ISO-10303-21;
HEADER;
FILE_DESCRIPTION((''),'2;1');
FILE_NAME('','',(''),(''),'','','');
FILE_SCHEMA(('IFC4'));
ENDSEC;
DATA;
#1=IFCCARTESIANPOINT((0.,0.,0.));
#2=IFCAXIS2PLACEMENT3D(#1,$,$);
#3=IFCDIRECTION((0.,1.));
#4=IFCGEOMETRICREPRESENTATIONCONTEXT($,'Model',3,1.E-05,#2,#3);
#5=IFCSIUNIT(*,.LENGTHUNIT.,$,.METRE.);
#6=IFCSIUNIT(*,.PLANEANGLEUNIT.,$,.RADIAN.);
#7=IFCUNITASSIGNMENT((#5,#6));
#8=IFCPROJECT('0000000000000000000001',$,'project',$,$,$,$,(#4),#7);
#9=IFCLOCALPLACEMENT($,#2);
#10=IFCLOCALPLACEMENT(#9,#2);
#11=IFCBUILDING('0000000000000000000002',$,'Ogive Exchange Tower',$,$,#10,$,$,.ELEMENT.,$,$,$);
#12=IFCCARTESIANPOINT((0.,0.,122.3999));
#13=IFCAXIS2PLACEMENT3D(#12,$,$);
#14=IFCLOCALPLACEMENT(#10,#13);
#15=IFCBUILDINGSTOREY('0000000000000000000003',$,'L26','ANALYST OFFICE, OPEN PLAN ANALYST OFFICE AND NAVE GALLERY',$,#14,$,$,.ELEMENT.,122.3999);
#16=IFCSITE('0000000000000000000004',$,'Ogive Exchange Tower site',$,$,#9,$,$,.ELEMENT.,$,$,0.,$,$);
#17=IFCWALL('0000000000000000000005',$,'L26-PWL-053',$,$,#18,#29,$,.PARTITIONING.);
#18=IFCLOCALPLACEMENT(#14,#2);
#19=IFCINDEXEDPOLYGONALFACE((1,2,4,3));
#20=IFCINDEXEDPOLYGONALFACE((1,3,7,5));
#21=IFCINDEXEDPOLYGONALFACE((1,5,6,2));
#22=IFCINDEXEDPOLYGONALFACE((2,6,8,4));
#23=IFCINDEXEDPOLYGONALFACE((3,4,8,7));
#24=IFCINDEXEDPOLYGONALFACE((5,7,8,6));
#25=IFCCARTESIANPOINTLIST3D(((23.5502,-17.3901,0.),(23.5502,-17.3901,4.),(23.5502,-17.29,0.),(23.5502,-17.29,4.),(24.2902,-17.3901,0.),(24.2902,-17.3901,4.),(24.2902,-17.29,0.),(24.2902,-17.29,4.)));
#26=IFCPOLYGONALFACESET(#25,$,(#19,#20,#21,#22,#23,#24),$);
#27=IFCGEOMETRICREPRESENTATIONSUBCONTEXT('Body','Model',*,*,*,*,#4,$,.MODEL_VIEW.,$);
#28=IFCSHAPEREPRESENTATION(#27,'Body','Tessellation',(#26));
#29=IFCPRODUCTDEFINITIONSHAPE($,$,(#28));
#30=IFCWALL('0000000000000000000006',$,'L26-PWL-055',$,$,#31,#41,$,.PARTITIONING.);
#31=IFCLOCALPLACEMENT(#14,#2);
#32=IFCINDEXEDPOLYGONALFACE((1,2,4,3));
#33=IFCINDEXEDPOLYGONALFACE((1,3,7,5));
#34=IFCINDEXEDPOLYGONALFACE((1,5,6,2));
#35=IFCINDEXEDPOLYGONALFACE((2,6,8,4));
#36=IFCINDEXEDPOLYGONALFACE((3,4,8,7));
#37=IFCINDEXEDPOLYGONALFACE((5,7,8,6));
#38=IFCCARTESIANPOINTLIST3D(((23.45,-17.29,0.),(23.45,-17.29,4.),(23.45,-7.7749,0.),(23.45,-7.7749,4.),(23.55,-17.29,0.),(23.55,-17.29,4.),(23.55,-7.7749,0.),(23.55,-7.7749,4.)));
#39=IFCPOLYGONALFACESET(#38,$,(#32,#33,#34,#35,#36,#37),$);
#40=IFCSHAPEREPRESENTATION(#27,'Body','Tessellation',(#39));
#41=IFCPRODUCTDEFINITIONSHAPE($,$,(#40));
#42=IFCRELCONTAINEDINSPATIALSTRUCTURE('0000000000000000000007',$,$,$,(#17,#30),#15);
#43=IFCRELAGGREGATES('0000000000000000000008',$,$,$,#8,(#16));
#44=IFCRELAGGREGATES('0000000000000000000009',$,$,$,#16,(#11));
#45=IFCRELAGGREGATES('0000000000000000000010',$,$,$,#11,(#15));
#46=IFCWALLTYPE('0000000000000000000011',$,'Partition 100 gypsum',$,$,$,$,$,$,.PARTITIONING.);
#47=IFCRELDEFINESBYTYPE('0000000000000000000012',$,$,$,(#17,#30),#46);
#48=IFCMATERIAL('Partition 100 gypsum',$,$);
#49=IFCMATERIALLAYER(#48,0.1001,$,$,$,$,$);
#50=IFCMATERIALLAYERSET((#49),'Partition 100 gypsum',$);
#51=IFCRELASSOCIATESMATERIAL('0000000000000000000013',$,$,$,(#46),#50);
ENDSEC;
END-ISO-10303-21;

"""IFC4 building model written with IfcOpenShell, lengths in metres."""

from ifc_helpers import new_model, si_unit, direction, frame, frame_2d, origin, place, context, subcontext, project, spatial, rectangle, extrude, material, layer, layer_set, type_object, element, save


model = new_model("IFC4")

# Units and contexts
model_context = context("Model", 3, precision=1e-05, world=origin(), true_north=direction((0.0, 1.0)))
body_context = subcontext(model_context, "Body", "Model", "MODEL_VIEW")
ifc_project = project(units=[si_unit("LENGTHUNIT", "METRE"), si_unit("PLANEANGLEUNIT", "RADIAN")], contexts=[model_context])

# Site, building, storey
site_placement = place(None, origin())
site = spatial("IfcSite", under=ifc_project, at=site_placement, Name="Ogive Exchange Tower site", CompositionType="ELEMENT", RefElevation=0.0)
building_placement = place(site_placement, origin())
building = spatial("IfcBuilding", under=site, at=building_placement, Name="Ogive Exchange Tower", CompositionType="ELEMENT")
storey_placement = place(building_placement, frame((0.0, 0.0, 122.3999)))
storey = spatial("IfcBuildingStorey", under=building, at=storey_placement, Name="L26", Description="ANALYST OFFICE, OPEN PLAN ANALYST OFFICE AND NAVE GALLERY", CompositionType="ELEMENT", Elevation=122.3999)

# Walls
ifc_material_1 = material(Name="Partition 100 gypsum")
ifc_layer_1 = layer(ifc_material_1, 0.1001)
ifc_layer_set_1 = layer_set([ifc_layer_1], Name="Partition 100 gypsum")
wall_type_1 = type_object("IfcWallType", Name="Partition 100 gypsum", PredefinedType="PARTITIONING", material=ifc_layer_set_1)
wall_1_placement = place(storey_placement, frame((23.55, -17.3401, 0.0), z_axis=(0.0, 0.0, 1.0), x_axis=(1.0, 0.0, 0.0)))
element("IfcWall", 1, at=wall_1_placement, inside=storey, type_object=wall_type_1, Name="L26-PWL-053", PredefinedType="PARTITIONING", context=body_context, shape_type="SweptSolid", body=[
    extrude(rectangle(XDim=0.74, YDim=0.1001, at=frame_2d((0.3701, 0.0))), origin(), (0.0, 0.0, 1.0), 4.0),
])
wall_2_placement = place(storey_placement, frame((23.5, -7.7749, 0.0), z_axis=(0.0, 0.0, 1.0), x_axis=(0.0, -1.0, 0.0)))
element("IfcWall", 2, at=wall_2_placement, inside=storey, type_object=wall_type_1, Name="L26-PWL-055", PredefinedType="PARTITIONING", context=body_context, shape_type="SweptSolid", body=[
    extrude(rectangle(XDim=9.5151, YDim=0.1001, at=frame_2d((4.7576, 0.0))), origin(), (0.0, 0.0, 1.0), 4.0),
])

save(model, "model.ifc")
